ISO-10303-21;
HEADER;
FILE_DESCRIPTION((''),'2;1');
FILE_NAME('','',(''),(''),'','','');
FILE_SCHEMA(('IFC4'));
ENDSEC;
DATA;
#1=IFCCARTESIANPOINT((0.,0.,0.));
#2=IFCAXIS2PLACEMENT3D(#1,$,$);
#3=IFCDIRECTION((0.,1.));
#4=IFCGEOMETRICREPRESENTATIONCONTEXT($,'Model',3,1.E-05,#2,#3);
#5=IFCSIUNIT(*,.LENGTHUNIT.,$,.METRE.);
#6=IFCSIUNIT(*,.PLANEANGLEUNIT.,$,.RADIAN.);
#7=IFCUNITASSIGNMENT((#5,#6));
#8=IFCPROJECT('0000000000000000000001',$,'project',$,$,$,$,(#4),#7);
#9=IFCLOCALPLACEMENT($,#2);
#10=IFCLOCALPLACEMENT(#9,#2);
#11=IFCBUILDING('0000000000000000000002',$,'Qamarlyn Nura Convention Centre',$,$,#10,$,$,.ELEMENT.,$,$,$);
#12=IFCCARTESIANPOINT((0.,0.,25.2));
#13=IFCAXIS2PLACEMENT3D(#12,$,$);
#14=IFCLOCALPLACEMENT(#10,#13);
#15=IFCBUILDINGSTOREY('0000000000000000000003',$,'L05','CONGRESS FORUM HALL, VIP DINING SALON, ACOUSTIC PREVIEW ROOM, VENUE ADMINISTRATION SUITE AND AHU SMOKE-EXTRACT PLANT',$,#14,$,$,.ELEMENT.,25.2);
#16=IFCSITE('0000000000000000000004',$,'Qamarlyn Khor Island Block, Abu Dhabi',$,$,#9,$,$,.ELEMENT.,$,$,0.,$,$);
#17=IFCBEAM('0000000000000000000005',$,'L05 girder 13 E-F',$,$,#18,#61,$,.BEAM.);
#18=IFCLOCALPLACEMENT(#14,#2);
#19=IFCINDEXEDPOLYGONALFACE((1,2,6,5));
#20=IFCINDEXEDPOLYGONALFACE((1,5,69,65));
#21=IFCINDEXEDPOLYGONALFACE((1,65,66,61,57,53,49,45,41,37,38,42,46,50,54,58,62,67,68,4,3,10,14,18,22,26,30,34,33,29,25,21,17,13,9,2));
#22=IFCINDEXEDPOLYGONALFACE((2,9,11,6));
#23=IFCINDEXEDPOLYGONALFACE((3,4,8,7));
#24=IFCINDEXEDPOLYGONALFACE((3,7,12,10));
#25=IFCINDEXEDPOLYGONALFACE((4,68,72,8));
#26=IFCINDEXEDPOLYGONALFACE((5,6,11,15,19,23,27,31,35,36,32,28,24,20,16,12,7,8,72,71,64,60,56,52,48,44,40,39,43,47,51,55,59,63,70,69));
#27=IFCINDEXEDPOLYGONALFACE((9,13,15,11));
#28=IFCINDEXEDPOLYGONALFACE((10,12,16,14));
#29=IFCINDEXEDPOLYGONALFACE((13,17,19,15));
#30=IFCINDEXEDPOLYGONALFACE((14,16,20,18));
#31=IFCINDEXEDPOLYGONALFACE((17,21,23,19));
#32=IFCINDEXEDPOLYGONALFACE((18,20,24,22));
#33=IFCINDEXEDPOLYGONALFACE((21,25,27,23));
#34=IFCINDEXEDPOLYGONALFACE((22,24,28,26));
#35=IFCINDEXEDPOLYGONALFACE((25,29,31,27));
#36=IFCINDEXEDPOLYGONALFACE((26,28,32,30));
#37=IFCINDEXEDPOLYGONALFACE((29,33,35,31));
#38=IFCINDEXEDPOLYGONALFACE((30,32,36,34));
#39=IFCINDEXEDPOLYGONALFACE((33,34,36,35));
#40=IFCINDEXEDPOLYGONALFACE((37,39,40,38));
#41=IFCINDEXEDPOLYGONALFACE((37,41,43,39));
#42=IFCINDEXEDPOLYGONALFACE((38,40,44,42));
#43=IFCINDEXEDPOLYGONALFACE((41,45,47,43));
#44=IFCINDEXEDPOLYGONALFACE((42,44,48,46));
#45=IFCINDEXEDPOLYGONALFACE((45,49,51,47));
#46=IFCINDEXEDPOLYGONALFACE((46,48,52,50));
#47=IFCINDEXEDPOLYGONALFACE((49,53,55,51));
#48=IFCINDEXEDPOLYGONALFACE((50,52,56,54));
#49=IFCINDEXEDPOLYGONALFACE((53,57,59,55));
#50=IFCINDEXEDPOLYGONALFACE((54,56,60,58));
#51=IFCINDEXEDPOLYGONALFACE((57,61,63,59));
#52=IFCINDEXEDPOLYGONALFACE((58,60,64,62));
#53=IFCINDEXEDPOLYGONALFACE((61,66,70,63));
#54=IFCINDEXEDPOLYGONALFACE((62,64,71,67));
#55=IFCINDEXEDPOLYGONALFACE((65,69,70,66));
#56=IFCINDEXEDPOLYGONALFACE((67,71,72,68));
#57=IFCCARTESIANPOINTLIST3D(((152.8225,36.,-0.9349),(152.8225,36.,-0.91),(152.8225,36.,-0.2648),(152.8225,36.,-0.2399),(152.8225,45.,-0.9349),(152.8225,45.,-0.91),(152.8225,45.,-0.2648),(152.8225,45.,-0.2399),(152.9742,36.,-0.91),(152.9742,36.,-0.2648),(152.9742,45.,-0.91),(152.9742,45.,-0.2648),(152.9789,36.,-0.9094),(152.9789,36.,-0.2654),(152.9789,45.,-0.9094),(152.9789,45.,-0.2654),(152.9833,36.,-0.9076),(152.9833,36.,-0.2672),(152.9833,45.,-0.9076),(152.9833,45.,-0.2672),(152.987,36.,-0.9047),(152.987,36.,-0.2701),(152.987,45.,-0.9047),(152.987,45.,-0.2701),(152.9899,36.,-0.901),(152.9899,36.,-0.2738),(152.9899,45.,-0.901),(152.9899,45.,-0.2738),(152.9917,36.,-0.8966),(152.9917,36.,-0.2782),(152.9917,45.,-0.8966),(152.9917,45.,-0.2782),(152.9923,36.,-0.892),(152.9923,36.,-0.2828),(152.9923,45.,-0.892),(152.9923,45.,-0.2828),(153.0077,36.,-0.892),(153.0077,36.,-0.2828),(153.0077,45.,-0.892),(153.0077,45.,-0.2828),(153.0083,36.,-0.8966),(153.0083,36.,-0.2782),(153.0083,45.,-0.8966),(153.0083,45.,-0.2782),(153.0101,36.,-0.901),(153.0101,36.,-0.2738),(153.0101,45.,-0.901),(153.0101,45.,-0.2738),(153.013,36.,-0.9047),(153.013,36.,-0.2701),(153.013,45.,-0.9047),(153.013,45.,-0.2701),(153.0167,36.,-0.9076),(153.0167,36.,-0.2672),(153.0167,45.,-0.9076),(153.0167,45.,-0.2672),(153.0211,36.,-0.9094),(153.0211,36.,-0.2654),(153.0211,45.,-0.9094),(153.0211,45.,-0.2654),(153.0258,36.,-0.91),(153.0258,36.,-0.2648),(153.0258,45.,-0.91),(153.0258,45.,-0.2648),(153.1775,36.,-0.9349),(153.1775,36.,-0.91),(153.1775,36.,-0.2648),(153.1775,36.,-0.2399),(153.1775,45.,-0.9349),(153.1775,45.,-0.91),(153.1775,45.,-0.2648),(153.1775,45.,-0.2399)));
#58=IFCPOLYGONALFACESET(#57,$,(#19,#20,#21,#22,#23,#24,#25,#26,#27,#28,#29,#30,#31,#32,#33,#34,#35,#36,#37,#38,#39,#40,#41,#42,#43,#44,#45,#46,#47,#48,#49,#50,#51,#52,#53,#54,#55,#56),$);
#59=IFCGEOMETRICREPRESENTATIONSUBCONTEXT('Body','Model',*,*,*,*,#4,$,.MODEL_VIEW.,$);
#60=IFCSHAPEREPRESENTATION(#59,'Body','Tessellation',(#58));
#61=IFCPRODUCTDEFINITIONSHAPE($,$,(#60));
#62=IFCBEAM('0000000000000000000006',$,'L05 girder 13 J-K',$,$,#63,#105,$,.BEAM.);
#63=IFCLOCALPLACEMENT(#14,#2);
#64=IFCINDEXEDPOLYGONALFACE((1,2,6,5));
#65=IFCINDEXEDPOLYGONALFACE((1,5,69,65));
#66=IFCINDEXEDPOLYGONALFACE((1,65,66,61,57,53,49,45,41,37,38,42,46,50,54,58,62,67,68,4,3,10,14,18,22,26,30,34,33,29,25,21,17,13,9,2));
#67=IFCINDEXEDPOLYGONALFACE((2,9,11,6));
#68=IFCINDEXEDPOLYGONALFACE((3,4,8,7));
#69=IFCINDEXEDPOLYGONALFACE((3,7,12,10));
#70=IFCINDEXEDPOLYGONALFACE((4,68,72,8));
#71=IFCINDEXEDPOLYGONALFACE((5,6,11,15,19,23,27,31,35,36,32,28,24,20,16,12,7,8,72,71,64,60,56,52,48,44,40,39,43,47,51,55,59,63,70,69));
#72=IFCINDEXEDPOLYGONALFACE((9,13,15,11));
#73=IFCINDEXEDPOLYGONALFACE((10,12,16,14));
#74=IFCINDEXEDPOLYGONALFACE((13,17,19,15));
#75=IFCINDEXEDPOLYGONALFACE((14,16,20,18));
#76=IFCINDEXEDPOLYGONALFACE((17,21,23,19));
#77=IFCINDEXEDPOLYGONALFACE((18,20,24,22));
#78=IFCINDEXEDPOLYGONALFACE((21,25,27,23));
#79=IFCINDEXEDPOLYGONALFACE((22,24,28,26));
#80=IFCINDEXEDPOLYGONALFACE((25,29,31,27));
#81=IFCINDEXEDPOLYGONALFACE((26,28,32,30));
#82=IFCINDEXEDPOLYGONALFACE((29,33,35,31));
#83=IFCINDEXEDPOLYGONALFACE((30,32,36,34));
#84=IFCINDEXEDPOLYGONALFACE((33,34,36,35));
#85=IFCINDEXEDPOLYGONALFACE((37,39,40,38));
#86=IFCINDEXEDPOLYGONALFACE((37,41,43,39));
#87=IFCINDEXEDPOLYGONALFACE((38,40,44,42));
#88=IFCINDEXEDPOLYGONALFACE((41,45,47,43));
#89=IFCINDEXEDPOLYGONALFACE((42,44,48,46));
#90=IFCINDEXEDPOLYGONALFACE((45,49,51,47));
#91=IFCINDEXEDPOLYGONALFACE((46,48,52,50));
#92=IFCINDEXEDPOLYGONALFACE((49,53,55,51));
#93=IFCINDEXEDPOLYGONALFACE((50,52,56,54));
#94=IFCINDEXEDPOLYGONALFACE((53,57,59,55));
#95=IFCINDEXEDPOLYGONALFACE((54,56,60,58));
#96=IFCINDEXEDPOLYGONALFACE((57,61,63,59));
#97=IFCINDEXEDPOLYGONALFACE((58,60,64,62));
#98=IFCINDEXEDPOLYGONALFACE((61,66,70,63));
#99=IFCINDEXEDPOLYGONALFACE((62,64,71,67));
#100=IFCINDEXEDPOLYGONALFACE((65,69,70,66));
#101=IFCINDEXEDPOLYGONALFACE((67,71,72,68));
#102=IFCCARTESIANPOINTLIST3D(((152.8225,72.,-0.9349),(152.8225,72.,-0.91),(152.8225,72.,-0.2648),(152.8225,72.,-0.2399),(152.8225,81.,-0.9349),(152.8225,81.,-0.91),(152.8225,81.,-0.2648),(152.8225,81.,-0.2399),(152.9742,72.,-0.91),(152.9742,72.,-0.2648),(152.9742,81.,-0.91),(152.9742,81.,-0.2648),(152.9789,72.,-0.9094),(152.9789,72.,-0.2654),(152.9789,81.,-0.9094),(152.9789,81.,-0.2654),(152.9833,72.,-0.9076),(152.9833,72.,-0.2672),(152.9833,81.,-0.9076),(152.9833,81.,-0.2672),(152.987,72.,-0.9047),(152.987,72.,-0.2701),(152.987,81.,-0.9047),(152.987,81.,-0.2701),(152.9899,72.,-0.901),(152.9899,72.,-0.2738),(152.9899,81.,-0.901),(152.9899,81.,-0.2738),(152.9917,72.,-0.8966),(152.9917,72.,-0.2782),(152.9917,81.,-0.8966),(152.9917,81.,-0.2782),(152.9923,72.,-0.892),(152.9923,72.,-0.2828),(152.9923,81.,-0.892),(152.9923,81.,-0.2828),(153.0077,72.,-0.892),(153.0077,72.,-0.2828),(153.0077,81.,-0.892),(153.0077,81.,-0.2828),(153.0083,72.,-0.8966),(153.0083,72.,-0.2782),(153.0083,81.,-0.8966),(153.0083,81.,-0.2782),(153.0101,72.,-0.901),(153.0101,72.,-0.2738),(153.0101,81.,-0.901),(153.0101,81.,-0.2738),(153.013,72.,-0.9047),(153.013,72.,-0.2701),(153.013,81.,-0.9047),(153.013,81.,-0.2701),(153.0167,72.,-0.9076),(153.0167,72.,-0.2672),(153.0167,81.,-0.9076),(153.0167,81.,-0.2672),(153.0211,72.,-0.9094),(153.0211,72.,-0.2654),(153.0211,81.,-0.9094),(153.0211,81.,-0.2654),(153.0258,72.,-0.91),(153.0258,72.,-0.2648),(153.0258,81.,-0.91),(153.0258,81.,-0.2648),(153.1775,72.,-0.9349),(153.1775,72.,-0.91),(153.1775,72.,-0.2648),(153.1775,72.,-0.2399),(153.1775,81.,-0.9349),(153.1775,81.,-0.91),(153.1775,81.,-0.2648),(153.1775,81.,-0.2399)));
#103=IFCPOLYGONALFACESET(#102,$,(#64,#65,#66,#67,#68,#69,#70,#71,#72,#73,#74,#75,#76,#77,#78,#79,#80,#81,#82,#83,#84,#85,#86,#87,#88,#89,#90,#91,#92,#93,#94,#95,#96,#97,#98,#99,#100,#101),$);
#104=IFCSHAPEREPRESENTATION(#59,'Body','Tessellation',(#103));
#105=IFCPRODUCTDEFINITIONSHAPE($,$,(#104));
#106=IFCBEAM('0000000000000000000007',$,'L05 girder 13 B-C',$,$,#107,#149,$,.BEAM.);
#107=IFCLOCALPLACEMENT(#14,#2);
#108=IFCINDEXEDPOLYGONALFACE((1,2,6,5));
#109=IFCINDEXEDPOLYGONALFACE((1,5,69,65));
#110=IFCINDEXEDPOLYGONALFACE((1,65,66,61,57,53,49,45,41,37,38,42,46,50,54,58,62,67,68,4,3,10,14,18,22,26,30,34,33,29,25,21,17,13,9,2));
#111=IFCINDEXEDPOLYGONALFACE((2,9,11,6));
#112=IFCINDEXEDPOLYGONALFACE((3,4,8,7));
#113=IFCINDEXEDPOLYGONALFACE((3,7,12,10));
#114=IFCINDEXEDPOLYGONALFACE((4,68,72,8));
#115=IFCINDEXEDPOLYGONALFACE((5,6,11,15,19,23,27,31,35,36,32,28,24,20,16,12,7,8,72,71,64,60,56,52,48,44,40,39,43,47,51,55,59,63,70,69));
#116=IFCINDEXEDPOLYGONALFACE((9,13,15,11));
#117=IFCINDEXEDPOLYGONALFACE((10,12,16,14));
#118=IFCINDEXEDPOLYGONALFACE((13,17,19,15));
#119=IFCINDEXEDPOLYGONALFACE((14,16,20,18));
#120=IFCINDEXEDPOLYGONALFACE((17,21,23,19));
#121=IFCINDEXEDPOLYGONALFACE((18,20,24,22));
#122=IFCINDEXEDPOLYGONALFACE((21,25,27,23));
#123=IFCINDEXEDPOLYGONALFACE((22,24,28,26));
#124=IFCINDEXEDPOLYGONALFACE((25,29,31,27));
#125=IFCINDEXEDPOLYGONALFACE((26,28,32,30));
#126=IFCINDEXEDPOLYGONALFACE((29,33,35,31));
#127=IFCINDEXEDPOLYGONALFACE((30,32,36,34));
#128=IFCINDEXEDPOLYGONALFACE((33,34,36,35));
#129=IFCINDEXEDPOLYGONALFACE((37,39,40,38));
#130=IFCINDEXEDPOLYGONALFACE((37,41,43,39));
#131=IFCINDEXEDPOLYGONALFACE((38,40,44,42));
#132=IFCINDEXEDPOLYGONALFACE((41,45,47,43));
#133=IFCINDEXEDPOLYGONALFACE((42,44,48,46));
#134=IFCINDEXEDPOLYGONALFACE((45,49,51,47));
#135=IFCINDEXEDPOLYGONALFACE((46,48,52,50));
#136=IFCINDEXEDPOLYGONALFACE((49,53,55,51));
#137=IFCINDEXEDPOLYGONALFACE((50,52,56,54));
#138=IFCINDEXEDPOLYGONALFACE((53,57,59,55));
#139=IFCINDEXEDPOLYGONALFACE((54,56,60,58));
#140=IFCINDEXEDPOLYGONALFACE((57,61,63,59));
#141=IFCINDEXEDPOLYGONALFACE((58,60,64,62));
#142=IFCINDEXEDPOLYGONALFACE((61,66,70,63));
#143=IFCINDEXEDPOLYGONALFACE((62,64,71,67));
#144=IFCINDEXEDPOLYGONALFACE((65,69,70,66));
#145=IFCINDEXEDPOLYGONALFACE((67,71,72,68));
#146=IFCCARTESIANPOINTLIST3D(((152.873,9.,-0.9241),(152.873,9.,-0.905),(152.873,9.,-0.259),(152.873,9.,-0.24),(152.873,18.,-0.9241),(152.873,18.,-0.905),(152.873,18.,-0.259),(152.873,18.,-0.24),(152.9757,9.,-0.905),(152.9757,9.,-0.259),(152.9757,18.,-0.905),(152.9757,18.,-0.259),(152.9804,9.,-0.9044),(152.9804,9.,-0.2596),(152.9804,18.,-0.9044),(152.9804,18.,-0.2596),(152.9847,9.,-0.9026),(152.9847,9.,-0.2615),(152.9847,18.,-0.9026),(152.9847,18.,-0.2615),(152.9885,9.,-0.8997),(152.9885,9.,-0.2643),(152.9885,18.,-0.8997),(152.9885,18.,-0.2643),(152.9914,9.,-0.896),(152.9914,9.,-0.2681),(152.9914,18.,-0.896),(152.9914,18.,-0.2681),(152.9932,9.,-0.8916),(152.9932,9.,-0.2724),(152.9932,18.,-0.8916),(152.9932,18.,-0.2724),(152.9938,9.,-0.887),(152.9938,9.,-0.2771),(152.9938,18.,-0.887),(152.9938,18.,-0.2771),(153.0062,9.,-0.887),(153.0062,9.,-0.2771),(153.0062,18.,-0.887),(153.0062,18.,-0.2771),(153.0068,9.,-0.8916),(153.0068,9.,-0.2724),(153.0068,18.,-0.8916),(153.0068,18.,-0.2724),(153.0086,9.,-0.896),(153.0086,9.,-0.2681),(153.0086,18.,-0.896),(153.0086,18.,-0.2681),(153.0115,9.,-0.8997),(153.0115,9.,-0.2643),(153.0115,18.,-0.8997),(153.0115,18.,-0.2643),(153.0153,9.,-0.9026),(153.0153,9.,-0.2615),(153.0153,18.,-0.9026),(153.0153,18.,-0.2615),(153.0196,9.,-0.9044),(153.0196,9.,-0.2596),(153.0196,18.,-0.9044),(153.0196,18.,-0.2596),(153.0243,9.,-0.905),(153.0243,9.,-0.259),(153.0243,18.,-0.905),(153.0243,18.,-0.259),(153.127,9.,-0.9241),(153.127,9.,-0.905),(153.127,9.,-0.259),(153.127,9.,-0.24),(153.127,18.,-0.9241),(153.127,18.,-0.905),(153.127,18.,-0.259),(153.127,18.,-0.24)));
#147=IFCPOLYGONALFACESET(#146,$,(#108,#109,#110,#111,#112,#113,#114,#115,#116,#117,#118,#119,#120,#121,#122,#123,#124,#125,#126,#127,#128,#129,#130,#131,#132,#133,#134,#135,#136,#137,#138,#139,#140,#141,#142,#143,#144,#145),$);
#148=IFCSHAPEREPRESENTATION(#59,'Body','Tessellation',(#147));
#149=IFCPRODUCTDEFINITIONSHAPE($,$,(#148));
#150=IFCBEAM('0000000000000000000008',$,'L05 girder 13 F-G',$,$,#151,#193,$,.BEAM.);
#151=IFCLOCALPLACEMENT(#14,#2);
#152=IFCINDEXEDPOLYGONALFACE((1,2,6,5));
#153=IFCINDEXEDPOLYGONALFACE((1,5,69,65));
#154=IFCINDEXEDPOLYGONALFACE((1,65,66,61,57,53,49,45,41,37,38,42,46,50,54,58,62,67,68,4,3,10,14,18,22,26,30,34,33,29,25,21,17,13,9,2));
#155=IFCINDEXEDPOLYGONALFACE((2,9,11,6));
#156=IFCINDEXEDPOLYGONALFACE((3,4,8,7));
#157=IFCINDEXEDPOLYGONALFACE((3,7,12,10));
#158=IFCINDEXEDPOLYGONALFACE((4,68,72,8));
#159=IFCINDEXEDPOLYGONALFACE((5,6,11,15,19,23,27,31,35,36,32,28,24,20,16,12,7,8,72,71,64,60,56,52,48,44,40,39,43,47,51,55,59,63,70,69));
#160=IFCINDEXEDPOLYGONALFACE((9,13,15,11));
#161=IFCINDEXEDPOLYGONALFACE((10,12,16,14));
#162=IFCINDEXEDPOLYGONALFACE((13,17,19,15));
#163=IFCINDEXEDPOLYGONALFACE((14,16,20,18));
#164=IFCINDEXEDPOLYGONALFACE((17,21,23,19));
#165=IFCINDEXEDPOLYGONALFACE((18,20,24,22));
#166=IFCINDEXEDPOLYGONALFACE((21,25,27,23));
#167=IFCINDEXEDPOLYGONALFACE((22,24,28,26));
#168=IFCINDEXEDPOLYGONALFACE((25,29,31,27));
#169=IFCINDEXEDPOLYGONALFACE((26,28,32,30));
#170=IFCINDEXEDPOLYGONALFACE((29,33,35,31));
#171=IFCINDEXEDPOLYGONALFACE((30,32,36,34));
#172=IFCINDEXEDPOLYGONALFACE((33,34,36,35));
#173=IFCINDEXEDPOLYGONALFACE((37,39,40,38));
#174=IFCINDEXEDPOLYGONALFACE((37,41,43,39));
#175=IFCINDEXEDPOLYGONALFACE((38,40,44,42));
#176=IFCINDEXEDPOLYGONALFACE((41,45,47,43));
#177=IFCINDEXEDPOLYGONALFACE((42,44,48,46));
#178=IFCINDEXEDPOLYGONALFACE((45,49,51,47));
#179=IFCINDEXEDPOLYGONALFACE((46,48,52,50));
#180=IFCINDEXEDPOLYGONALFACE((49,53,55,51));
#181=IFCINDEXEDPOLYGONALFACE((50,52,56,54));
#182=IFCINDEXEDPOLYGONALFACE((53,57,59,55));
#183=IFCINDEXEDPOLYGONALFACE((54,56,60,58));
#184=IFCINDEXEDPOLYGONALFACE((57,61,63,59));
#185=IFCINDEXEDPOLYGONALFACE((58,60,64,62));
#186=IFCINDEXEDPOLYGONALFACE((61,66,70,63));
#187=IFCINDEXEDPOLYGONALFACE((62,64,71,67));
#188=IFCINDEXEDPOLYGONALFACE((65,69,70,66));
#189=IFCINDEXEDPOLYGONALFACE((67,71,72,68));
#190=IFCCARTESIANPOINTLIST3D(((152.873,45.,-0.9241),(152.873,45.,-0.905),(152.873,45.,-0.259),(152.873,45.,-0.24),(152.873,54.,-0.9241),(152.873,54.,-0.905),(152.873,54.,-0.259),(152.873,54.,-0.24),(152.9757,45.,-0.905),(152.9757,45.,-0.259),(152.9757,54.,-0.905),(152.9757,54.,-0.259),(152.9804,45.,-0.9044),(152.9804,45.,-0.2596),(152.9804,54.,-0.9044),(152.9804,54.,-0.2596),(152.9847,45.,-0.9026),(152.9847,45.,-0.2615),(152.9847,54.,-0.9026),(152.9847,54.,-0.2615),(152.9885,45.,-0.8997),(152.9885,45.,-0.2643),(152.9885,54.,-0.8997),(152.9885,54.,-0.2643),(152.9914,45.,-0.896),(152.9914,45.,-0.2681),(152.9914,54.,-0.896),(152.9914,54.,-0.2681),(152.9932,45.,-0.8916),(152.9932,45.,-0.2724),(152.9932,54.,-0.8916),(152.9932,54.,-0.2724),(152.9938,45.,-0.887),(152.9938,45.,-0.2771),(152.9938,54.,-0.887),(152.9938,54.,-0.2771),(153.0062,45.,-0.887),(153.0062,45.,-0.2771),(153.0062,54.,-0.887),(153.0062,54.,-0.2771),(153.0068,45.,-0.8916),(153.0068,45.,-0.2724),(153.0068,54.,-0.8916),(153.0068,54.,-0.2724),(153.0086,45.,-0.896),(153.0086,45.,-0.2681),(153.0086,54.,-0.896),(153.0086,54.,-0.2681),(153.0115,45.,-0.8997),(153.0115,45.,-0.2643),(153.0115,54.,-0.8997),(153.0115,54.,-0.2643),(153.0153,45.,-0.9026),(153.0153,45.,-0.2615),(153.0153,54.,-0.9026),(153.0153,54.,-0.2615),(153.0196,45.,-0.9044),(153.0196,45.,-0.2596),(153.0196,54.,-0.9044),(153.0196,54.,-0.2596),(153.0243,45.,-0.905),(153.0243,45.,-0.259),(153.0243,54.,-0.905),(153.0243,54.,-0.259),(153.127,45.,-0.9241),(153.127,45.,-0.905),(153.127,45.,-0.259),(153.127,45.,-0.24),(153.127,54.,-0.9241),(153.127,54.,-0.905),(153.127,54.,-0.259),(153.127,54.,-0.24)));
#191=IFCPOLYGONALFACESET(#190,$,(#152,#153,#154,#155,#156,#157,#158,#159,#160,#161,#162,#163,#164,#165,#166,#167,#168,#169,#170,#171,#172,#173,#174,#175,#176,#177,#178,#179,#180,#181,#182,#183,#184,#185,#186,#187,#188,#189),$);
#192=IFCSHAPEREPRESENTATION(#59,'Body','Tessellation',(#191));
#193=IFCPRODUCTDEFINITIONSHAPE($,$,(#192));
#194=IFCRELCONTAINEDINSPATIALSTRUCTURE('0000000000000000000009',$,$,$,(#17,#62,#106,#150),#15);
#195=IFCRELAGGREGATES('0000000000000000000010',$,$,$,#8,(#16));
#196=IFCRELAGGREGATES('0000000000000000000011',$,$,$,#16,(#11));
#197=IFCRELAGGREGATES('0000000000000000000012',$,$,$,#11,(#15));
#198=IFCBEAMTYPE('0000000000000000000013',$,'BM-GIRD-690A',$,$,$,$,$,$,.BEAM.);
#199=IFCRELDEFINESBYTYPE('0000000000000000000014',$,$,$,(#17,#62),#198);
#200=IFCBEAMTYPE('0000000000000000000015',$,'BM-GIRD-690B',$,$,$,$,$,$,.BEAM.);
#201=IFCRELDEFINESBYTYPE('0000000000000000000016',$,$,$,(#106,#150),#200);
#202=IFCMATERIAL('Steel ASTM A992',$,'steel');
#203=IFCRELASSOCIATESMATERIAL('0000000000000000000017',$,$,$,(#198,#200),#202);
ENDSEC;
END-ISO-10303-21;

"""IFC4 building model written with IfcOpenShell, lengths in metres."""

from ifc_helpers import new_model, si_unit, direction, frame, origin, origin_2d, place, context, subcontext, project, spatial, i_section, extrude, material, material_profile, profile_set, type_object, element, save


model = new_model("IFC4")

# Units and contexts
model_context = context("Model", 3, precision=1e-05, world=origin(), true_north=direction((0.0, 1.0)))
body_context = subcontext(model_context, "Body", "Model", "MODEL_VIEW")
ifc_project = project(units=[si_unit("LENGTHUNIT", "METRE"), si_unit("PLANEANGLEUNIT", "RADIAN")], contexts=[model_context])

# Site, building, storey
site_placement = place(None, origin())
site = spatial("IfcSite", under=ifc_project, at=site_placement, Name="Qamarlyn Khor Island Block, Abu Dhabi", CompositionType="ELEMENT", RefElevation=0.0)
building_placement = place(site_placement, origin())
building = spatial("IfcBuilding", under=site, at=building_placement, Name="Qamarlyn Nura Convention Centre", CompositionType="ELEMENT")
storey_placement = place(building_placement, frame((0.0, 0.0, 25.2)))
storey = spatial("IfcBuildingStorey", under=building, at=storey_placement, Name="L05", Description="CONGRESS FORUM HALL, VIP DINING SALON, ACOUSTIC PREVIEW ROOM, VENUE ADMINISTRATION SUITE AND AHU SMOKE-EXTRACT PLANT", CompositionType="ELEMENT", Elevation=25.2)

# Shared definitions
ifc_material_1 = material(Name="Steel ASTM A992", Category="steel")

# Beams
ifc_material_profile_1 = material_profile(ifc_material_1, i_section(OverallWidth=0.355, OverallDepth=0.6951, WebThickness=0.0154, FlangeThickness=0.0249, FilletRadius=0.0181, at=origin_2d()), Name="W690X217")
ifc_profile_set_1 = profile_set([ifc_material_profile_1], Name="Steel ASTM A992")
beam_type_1 = type_object("IfcBeamType", Name="BM-GIRD-690A", PredefinedType="BEAM", material=ifc_profile_set_1)
for number, where, z_axis, x_axis, name in (
    (1, (153.0, 36.0, -0.5874), (0.0, 1.0, 0.0), (-1.0, 0.0, 0.0), "L05 girder 13 E-F"),
    (2, (153.0, 72.0, -0.5874), (0.0, 1.0, 0.0), (-1.0, 0.0, 0.0), "L05 girder 13 J-K"),
):
    element("IfcBeam", number, at=place(storey_placement, frame(where, z_axis=z_axis, x_axis=x_axis)), inside=storey, type_object=beam_type_1, Name=name, PredefinedType="BEAM", context=body_context, shape_type="SweptSolid", body=[
        extrude(i_section(OverallWidth=0.355, OverallDepth=0.6951, WebThickness=0.0154, FlangeThickness=0.0249, FilletRadius=0.0181, at=origin_2d()), origin(), (0.0, 0.0, 1.0), 9.0),
    ])
ifc_material_profile_2 = material_profile(ifc_material_1, i_section(OverallWidth=0.2539, OverallDepth=0.6841, WebThickness=0.0125, FlangeThickness=0.019, FilletRadius=0.0181, at=origin_2d()), Name="W690X140")
ifc_profile_set_2 = profile_set([ifc_material_profile_2], Name="Steel ASTM A992")
beam_type_2 = type_object("IfcBeamType", Name="BM-GIRD-690B", PredefinedType="BEAM", material=ifc_profile_set_2)
for number, where, z_axis, x_axis, name in (
    (3, (153.0, 9.0, -0.582), (0.0, 1.0, 0.0), (-1.0, 0.0, 0.0), "L05 girder 13 B-C"),
    (4, (153.0, 45.0, -0.582), (0.0, 1.0, 0.0), (-1.0, 0.0, 0.0), "L05 girder 13 F-G"),
):
    element("IfcBeam", number, at=place(storey_placement, frame(where, z_axis=z_axis, x_axis=x_axis)), inside=storey, type_object=beam_type_2, Name=name, PredefinedType="BEAM", context=body_context, shape_type="SweptSolid", body=[
        extrude(i_section(OverallWidth=0.2539, OverallDepth=0.6841, WebThickness=0.0125, FlangeThickness=0.019, FilletRadius=0.0181, at=origin_2d()), origin(), (0.0, 0.0, 1.0), 9.0),
    ])

save(model, "model.ifc")
